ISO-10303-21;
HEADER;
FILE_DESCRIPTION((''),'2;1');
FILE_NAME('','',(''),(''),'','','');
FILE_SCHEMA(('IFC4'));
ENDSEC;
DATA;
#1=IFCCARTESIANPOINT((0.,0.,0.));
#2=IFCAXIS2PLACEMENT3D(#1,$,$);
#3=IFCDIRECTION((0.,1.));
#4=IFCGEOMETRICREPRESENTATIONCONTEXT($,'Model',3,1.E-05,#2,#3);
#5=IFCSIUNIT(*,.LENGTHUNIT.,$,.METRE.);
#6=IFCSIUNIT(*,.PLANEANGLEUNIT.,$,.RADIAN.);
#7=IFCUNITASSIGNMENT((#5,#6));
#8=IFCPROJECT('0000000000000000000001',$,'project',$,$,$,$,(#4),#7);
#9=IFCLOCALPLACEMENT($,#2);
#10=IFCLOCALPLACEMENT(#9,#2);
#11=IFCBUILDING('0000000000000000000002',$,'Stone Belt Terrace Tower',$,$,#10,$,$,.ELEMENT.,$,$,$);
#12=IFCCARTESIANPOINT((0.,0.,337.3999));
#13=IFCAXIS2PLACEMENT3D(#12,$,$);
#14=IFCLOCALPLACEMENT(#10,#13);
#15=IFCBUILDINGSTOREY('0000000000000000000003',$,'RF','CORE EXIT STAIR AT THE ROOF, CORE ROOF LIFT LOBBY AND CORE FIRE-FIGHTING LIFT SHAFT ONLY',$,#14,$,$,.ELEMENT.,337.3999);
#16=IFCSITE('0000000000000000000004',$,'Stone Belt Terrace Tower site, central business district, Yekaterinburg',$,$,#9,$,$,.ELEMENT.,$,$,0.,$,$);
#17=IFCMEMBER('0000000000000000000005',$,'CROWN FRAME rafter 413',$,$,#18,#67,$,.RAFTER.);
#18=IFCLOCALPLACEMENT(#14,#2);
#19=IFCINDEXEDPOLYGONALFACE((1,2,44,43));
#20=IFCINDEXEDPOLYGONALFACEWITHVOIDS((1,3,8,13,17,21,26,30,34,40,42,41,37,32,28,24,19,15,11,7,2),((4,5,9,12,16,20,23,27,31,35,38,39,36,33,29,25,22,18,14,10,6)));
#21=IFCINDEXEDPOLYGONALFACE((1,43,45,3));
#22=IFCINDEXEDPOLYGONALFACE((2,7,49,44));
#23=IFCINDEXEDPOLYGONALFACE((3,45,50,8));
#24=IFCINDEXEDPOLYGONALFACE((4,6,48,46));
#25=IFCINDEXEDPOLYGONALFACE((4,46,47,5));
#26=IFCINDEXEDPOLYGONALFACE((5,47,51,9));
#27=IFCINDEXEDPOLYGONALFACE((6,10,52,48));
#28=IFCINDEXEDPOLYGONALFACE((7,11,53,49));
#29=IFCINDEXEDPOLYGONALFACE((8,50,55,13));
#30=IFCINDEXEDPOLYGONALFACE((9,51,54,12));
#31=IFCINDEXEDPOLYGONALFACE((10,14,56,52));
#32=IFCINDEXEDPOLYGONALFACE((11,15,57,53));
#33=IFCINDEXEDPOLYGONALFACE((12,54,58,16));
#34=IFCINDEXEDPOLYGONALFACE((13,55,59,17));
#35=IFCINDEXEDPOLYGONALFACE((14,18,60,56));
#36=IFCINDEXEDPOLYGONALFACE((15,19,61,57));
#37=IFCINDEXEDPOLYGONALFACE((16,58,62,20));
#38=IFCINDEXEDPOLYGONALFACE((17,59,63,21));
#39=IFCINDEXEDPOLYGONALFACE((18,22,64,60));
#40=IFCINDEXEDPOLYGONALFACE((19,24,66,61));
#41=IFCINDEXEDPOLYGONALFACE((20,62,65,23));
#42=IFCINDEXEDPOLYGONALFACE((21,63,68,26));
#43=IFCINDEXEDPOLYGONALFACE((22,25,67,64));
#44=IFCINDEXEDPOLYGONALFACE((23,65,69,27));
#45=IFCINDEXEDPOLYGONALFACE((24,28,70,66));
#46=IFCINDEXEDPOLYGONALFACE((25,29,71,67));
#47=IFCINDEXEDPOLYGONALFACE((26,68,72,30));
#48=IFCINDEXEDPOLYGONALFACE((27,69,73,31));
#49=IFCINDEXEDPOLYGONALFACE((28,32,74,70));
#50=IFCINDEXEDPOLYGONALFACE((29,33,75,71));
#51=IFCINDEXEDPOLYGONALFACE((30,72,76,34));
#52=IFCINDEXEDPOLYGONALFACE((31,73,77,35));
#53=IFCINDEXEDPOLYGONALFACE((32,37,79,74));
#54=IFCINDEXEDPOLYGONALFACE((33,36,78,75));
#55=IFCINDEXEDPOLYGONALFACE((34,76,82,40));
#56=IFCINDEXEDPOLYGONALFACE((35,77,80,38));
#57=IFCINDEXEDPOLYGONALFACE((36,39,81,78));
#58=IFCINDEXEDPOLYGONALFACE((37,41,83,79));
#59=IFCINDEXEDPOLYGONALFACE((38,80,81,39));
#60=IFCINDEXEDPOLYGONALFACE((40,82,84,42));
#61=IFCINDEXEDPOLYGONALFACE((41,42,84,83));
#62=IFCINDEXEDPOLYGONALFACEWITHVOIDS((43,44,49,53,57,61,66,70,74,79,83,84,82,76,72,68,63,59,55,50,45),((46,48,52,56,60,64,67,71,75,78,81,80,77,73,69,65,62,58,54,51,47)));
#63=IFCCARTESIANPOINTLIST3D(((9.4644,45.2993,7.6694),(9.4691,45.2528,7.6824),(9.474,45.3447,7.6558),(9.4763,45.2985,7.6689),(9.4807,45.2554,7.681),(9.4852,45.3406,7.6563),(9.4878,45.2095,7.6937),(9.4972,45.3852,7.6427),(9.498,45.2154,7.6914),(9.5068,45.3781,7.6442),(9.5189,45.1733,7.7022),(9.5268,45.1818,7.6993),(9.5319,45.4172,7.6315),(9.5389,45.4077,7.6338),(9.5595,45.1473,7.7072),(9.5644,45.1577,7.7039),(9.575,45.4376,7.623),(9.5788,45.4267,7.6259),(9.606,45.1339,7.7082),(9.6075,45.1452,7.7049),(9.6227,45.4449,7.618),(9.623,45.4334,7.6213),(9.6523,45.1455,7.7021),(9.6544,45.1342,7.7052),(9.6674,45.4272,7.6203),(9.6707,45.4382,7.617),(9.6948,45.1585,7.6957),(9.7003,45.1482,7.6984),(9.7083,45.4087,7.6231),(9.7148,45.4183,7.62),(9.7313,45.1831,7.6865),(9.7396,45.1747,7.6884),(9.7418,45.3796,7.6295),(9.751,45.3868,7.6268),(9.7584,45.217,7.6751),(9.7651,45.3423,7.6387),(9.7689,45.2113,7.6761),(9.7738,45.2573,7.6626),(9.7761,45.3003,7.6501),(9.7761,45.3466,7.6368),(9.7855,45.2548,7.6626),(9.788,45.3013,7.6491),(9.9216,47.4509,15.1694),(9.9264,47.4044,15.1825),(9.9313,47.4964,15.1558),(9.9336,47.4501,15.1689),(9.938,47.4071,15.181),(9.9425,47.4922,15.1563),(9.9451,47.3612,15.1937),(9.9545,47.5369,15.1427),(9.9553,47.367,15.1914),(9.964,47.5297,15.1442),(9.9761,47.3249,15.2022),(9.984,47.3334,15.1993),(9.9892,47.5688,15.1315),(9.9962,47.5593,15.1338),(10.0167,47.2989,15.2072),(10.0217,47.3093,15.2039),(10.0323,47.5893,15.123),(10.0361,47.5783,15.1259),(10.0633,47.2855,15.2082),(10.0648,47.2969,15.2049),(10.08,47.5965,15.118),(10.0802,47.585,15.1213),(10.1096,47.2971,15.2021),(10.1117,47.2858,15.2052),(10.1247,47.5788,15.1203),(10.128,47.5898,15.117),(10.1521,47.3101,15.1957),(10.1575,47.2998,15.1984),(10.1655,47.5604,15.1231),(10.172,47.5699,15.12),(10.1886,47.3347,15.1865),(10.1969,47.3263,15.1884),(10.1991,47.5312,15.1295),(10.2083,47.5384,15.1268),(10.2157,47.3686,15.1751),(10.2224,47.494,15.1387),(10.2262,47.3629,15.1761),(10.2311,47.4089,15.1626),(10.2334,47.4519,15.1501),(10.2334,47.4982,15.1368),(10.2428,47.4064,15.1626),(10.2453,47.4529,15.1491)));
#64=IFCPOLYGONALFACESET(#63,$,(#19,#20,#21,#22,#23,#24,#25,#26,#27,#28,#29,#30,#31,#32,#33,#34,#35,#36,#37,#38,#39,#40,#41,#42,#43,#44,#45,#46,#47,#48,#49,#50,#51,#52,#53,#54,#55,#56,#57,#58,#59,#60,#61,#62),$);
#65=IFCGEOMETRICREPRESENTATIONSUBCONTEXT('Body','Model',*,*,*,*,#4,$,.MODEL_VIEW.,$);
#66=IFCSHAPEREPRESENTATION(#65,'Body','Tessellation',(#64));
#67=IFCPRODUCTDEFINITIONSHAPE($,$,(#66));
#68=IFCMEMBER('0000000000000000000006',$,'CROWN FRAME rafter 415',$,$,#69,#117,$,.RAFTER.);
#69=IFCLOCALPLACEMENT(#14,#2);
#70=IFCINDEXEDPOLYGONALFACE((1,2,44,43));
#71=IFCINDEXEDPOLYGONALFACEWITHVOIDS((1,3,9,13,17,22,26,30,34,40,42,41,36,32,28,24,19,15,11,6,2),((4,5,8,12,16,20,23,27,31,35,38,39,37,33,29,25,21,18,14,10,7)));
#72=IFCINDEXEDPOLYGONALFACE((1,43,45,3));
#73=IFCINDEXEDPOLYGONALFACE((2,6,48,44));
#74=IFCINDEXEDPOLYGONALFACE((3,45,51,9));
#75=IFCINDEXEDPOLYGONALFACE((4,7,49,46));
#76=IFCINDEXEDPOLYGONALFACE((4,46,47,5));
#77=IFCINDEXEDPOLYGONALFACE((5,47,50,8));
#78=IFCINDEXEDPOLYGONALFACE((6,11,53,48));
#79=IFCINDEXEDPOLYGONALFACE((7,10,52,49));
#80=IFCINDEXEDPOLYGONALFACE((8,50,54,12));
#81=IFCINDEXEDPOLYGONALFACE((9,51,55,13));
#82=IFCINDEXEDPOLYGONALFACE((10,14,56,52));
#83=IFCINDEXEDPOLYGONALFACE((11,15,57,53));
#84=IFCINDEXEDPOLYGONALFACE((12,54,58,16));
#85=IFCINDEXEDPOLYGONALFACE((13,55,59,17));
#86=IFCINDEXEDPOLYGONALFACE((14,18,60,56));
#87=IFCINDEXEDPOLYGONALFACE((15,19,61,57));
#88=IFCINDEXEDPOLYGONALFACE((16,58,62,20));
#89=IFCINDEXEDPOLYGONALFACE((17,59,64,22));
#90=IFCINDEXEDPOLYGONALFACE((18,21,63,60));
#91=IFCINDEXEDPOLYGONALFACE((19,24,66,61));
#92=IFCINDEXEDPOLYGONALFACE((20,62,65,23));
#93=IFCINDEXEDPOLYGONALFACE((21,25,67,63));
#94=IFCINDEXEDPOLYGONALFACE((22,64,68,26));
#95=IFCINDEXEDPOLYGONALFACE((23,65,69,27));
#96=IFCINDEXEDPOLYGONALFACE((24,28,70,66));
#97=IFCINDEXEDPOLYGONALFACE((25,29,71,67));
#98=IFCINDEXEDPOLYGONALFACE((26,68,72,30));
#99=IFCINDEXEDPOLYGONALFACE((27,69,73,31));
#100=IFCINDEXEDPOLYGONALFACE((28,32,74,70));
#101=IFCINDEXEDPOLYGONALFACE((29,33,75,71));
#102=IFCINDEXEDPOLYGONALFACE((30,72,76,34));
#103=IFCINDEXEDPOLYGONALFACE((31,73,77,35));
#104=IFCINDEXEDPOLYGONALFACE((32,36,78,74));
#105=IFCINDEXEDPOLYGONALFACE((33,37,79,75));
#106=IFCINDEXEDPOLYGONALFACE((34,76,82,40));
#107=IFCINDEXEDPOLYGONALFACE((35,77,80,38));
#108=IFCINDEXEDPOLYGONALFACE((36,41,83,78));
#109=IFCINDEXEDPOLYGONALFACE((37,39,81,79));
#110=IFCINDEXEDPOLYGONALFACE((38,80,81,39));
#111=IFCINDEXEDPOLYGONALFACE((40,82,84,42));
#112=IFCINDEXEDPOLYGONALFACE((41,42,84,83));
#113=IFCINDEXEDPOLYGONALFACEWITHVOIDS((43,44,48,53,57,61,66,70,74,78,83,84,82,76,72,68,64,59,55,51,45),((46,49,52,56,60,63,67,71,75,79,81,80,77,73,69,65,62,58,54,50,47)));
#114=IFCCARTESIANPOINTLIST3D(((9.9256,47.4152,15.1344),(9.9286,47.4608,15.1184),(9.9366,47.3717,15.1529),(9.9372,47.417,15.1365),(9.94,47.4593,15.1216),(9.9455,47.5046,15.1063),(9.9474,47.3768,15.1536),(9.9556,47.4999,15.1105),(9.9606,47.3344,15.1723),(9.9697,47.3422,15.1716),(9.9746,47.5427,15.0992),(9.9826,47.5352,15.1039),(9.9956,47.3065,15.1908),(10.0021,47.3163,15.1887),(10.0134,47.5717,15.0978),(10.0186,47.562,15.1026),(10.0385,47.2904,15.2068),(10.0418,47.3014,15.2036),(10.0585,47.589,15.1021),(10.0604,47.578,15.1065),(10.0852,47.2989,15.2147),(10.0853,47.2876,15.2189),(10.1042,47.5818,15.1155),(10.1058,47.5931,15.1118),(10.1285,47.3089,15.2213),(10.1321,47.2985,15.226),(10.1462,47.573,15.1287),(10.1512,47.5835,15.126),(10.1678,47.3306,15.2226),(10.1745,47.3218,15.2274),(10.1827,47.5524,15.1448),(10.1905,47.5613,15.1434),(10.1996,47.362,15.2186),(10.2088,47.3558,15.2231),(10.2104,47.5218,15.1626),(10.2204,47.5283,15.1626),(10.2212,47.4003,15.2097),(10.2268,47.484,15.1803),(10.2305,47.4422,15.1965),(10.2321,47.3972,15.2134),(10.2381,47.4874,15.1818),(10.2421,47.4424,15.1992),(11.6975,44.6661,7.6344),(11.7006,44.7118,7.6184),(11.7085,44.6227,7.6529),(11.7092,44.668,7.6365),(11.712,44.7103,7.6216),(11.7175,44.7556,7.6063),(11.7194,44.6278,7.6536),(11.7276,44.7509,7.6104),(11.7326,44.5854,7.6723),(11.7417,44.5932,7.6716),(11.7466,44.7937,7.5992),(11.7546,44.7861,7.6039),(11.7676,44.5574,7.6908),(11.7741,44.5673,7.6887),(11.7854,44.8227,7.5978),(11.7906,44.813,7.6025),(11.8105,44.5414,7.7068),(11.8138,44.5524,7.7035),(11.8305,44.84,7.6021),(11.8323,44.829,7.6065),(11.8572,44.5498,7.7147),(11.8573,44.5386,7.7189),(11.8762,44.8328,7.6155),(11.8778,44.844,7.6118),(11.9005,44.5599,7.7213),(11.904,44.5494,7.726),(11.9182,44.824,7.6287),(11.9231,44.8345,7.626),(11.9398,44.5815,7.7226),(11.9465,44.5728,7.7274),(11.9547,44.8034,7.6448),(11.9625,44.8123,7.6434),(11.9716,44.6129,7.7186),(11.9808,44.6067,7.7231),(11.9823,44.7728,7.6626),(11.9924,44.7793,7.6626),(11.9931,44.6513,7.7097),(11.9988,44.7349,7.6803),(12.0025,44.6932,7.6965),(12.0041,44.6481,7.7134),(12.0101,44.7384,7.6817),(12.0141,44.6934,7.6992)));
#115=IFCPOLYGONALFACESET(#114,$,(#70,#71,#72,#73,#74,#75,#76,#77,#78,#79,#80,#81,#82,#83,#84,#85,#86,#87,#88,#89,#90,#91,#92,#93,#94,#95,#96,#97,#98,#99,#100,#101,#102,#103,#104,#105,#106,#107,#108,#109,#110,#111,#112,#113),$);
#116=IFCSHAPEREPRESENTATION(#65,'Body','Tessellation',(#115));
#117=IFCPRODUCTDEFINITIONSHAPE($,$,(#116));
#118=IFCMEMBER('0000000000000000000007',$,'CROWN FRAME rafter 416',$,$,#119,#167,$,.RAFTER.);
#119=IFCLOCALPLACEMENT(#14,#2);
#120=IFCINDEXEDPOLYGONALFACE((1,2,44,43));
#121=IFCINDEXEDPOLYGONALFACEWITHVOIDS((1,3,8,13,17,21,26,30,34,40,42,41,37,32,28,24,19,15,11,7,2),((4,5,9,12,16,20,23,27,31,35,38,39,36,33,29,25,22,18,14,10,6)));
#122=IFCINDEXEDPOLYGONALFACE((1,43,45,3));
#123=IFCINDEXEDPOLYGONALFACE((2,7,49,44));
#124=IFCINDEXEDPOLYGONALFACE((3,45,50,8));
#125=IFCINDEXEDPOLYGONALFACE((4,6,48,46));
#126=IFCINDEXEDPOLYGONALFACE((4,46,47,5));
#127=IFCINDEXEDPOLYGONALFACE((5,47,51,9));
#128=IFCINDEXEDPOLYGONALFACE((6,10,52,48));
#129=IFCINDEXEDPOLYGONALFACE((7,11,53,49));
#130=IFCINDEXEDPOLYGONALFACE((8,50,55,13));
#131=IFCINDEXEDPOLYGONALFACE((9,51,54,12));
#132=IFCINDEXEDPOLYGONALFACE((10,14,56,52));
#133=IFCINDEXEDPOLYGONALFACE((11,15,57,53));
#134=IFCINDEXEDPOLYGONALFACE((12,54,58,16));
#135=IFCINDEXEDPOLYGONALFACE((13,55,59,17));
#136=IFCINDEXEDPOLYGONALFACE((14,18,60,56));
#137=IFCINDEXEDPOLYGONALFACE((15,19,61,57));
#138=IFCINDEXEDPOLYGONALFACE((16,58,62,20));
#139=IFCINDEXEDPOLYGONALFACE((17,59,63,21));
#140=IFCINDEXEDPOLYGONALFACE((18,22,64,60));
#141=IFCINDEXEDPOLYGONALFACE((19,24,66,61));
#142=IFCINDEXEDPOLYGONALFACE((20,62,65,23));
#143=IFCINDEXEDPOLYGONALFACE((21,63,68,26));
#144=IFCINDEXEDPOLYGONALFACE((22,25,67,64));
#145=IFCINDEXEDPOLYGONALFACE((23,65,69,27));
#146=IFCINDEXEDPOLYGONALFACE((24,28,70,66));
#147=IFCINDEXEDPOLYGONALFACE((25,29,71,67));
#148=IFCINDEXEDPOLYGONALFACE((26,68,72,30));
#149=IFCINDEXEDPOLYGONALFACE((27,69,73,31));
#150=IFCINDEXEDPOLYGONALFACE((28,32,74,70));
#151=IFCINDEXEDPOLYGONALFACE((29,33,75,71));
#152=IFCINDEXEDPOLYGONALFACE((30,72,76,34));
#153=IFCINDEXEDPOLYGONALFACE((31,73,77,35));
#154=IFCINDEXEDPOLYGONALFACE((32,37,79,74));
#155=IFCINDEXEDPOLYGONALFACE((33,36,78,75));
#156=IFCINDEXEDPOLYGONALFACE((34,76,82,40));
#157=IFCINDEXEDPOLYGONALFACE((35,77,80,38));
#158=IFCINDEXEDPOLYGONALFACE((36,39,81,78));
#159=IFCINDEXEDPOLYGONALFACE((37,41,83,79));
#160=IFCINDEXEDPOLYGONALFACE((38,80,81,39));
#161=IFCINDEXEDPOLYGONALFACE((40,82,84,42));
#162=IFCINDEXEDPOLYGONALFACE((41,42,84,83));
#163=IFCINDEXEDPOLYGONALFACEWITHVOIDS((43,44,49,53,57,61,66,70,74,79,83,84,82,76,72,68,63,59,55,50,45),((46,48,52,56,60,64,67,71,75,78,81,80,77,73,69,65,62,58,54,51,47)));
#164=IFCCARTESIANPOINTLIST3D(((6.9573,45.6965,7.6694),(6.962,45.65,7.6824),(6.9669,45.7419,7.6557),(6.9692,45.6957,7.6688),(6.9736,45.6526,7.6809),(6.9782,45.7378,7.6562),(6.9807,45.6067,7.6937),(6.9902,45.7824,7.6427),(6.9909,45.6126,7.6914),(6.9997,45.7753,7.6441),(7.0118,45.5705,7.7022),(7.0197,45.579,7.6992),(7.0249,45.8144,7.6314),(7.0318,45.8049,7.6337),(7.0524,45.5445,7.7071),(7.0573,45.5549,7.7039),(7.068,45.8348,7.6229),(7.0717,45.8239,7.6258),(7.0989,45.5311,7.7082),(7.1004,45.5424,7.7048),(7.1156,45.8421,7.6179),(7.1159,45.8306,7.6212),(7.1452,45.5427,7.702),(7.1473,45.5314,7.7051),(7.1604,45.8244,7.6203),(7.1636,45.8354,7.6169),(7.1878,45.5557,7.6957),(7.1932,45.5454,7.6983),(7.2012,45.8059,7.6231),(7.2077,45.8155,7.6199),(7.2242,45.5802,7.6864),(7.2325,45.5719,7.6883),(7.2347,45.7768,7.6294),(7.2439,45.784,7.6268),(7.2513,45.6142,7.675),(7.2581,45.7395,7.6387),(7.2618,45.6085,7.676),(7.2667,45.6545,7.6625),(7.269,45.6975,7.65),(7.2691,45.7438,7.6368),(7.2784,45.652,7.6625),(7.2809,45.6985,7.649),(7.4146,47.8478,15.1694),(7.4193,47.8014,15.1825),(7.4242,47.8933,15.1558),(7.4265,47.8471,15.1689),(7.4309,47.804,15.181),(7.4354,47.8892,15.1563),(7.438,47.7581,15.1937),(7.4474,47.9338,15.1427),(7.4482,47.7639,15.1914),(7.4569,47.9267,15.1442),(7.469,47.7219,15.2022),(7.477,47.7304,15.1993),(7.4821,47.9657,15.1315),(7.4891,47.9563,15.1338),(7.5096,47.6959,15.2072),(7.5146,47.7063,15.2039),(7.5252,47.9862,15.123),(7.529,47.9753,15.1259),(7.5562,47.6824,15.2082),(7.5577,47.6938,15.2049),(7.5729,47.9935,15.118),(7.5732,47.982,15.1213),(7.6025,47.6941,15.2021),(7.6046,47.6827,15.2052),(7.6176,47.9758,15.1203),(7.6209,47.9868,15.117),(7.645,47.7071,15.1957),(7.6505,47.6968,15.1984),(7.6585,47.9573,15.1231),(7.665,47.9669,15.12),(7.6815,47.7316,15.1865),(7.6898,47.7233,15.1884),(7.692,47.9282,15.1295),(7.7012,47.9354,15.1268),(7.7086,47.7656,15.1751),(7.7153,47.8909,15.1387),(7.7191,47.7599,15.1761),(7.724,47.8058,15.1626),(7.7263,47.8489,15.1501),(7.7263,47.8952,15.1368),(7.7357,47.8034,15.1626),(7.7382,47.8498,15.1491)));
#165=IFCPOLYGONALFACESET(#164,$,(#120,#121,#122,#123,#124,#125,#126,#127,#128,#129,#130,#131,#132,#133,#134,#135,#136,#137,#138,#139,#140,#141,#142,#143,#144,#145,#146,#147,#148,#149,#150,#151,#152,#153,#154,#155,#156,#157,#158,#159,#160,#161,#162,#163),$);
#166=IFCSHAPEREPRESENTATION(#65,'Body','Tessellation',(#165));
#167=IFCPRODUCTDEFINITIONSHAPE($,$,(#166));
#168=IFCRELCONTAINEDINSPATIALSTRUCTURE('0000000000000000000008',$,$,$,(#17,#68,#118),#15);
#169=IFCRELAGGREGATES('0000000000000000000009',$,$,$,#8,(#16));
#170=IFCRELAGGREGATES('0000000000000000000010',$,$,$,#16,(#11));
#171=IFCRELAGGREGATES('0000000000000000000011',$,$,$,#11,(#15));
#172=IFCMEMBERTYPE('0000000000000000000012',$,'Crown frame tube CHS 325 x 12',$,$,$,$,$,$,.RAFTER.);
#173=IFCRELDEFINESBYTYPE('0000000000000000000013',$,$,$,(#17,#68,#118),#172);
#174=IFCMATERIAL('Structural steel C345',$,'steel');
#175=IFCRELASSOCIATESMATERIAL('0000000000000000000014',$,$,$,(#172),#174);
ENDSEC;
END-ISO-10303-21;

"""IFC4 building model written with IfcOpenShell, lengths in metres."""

from ifc_helpers import new_model, si_unit, direction, frame, origin, origin_2d, place, context, subcontext, project, spatial, hollow_circle, extrude, material, material_profile, profile_set, type_object, element, save


model = new_model("IFC4")

# Units and contexts
model_context = context("Model", 3, precision=1e-05, world=origin(), true_north=direction((0.0, 1.0)))
body_context = subcontext(model_context, "Body", "Model", "MODEL_VIEW")
ifc_project = project(units=[si_unit("LENGTHUNIT", "METRE"), si_unit("PLANEANGLEUNIT", "RADIAN")], contexts=[model_context])

# Site, building, storey
site_placement = place(None, origin())
site = spatial("IfcSite", under=ifc_project, at=site_placement, Name="Stone Belt Terrace Tower site, central business district, Yekaterinburg", CompositionType="ELEMENT", RefElevation=0.0)
building_placement = place(site_placement, origin())
building = spatial("IfcBuilding", under=site, at=building_placement, Name="Stone Belt Terrace Tower", CompositionType="ELEMENT")
storey_placement = place(building_placement, frame((0.0, 0.0, 337.3999)))
storey = spatial("IfcBuildingStorey", under=building, at=storey_placement, Name="RF", Description="CORE EXIT STAIR AT THE ROOF, CORE ROOF LIFT LOBBY AND CORE FIRE-FIGHTING LIFT SHAFT ONLY", CompositionType="ELEMENT", Elevation=337.3999)

# Members
ifc_material_1 = material(Name="Structural steel C345", Category="steel")
ifc_material_profile_1 = material_profile(ifc_material_1, hollow_circle(Radius=0.1626, WallThickness=0.012, at=origin_2d()), Name="Structural steel C345 CHS 325x12")
ifc_profile_set_1 = profile_set([ifc_material_profile_1], Name="Structural steel C345")
member_type_1 = type_object("IfcMemberType", Name="Crown frame tube CHS 325 x 12", PredefinedType="RAFTER", material=ifc_profile_set_1)
member_1_placement = place(storey_placement, frame((10.0837, 47.4402, 15.1626), z_axis=(-0.058506, -0.275286, -0.959581), x_axis=(0.978153, -0.207884, 0.0)))
element("IfcMember", 1, at=member_1_placement, inside=storey, type_object=member_type_1, Name="CROWN FRAME rafter 413", PredefinedType="RAFTER", context=body_context, shape_type="SweptSolid", body=[
    extrude(hollow_circle(Radius=0.1626, WallThickness=0.012, at=origin_2d()), origin(), (0.0, 0.0, 1.0), 7.8159),
])
member_2_placement = place(storey_placement, frame((10.0837, 47.4402, 15.1626), z_axis=(0.216567, -0.33598, -0.916633), x_axis=(0.840518, 0.541783, 0.0)))
element("IfcMember", 2, at=member_2_placement, inside=storey, type_object=member_type_1, Name="CROWN FRAME rafter 415", PredefinedType="RAFTER", context=body_context, shape_type="SweptSolid", body=[
    extrude(hollow_circle(Radius=0.1626, WallThickness=0.012, at=origin_2d()), origin(), (0.0, 0.0, 1.0), 8.1821),
])
member_3_placement = place(storey_placement, frame((7.5767, 47.8372, 15.1626), z_axis=(-0.058506, -0.275257, -0.959589), x_axis=(0.978149, -0.207907, 0.0)))
element("IfcMember", 3, at=member_3_placement, inside=storey, type_object=member_type_1, Name="CROWN FRAME rafter 416", PredefinedType="RAFTER", context=body_context, shape_type="SweptSolid", body=[
    extrude(hollow_circle(Radius=0.1626, WallThickness=0.012, at=origin_2d()), origin(), (0.0, 0.0, 1.0), 7.8159),
])

save(model, "model.ifc")
